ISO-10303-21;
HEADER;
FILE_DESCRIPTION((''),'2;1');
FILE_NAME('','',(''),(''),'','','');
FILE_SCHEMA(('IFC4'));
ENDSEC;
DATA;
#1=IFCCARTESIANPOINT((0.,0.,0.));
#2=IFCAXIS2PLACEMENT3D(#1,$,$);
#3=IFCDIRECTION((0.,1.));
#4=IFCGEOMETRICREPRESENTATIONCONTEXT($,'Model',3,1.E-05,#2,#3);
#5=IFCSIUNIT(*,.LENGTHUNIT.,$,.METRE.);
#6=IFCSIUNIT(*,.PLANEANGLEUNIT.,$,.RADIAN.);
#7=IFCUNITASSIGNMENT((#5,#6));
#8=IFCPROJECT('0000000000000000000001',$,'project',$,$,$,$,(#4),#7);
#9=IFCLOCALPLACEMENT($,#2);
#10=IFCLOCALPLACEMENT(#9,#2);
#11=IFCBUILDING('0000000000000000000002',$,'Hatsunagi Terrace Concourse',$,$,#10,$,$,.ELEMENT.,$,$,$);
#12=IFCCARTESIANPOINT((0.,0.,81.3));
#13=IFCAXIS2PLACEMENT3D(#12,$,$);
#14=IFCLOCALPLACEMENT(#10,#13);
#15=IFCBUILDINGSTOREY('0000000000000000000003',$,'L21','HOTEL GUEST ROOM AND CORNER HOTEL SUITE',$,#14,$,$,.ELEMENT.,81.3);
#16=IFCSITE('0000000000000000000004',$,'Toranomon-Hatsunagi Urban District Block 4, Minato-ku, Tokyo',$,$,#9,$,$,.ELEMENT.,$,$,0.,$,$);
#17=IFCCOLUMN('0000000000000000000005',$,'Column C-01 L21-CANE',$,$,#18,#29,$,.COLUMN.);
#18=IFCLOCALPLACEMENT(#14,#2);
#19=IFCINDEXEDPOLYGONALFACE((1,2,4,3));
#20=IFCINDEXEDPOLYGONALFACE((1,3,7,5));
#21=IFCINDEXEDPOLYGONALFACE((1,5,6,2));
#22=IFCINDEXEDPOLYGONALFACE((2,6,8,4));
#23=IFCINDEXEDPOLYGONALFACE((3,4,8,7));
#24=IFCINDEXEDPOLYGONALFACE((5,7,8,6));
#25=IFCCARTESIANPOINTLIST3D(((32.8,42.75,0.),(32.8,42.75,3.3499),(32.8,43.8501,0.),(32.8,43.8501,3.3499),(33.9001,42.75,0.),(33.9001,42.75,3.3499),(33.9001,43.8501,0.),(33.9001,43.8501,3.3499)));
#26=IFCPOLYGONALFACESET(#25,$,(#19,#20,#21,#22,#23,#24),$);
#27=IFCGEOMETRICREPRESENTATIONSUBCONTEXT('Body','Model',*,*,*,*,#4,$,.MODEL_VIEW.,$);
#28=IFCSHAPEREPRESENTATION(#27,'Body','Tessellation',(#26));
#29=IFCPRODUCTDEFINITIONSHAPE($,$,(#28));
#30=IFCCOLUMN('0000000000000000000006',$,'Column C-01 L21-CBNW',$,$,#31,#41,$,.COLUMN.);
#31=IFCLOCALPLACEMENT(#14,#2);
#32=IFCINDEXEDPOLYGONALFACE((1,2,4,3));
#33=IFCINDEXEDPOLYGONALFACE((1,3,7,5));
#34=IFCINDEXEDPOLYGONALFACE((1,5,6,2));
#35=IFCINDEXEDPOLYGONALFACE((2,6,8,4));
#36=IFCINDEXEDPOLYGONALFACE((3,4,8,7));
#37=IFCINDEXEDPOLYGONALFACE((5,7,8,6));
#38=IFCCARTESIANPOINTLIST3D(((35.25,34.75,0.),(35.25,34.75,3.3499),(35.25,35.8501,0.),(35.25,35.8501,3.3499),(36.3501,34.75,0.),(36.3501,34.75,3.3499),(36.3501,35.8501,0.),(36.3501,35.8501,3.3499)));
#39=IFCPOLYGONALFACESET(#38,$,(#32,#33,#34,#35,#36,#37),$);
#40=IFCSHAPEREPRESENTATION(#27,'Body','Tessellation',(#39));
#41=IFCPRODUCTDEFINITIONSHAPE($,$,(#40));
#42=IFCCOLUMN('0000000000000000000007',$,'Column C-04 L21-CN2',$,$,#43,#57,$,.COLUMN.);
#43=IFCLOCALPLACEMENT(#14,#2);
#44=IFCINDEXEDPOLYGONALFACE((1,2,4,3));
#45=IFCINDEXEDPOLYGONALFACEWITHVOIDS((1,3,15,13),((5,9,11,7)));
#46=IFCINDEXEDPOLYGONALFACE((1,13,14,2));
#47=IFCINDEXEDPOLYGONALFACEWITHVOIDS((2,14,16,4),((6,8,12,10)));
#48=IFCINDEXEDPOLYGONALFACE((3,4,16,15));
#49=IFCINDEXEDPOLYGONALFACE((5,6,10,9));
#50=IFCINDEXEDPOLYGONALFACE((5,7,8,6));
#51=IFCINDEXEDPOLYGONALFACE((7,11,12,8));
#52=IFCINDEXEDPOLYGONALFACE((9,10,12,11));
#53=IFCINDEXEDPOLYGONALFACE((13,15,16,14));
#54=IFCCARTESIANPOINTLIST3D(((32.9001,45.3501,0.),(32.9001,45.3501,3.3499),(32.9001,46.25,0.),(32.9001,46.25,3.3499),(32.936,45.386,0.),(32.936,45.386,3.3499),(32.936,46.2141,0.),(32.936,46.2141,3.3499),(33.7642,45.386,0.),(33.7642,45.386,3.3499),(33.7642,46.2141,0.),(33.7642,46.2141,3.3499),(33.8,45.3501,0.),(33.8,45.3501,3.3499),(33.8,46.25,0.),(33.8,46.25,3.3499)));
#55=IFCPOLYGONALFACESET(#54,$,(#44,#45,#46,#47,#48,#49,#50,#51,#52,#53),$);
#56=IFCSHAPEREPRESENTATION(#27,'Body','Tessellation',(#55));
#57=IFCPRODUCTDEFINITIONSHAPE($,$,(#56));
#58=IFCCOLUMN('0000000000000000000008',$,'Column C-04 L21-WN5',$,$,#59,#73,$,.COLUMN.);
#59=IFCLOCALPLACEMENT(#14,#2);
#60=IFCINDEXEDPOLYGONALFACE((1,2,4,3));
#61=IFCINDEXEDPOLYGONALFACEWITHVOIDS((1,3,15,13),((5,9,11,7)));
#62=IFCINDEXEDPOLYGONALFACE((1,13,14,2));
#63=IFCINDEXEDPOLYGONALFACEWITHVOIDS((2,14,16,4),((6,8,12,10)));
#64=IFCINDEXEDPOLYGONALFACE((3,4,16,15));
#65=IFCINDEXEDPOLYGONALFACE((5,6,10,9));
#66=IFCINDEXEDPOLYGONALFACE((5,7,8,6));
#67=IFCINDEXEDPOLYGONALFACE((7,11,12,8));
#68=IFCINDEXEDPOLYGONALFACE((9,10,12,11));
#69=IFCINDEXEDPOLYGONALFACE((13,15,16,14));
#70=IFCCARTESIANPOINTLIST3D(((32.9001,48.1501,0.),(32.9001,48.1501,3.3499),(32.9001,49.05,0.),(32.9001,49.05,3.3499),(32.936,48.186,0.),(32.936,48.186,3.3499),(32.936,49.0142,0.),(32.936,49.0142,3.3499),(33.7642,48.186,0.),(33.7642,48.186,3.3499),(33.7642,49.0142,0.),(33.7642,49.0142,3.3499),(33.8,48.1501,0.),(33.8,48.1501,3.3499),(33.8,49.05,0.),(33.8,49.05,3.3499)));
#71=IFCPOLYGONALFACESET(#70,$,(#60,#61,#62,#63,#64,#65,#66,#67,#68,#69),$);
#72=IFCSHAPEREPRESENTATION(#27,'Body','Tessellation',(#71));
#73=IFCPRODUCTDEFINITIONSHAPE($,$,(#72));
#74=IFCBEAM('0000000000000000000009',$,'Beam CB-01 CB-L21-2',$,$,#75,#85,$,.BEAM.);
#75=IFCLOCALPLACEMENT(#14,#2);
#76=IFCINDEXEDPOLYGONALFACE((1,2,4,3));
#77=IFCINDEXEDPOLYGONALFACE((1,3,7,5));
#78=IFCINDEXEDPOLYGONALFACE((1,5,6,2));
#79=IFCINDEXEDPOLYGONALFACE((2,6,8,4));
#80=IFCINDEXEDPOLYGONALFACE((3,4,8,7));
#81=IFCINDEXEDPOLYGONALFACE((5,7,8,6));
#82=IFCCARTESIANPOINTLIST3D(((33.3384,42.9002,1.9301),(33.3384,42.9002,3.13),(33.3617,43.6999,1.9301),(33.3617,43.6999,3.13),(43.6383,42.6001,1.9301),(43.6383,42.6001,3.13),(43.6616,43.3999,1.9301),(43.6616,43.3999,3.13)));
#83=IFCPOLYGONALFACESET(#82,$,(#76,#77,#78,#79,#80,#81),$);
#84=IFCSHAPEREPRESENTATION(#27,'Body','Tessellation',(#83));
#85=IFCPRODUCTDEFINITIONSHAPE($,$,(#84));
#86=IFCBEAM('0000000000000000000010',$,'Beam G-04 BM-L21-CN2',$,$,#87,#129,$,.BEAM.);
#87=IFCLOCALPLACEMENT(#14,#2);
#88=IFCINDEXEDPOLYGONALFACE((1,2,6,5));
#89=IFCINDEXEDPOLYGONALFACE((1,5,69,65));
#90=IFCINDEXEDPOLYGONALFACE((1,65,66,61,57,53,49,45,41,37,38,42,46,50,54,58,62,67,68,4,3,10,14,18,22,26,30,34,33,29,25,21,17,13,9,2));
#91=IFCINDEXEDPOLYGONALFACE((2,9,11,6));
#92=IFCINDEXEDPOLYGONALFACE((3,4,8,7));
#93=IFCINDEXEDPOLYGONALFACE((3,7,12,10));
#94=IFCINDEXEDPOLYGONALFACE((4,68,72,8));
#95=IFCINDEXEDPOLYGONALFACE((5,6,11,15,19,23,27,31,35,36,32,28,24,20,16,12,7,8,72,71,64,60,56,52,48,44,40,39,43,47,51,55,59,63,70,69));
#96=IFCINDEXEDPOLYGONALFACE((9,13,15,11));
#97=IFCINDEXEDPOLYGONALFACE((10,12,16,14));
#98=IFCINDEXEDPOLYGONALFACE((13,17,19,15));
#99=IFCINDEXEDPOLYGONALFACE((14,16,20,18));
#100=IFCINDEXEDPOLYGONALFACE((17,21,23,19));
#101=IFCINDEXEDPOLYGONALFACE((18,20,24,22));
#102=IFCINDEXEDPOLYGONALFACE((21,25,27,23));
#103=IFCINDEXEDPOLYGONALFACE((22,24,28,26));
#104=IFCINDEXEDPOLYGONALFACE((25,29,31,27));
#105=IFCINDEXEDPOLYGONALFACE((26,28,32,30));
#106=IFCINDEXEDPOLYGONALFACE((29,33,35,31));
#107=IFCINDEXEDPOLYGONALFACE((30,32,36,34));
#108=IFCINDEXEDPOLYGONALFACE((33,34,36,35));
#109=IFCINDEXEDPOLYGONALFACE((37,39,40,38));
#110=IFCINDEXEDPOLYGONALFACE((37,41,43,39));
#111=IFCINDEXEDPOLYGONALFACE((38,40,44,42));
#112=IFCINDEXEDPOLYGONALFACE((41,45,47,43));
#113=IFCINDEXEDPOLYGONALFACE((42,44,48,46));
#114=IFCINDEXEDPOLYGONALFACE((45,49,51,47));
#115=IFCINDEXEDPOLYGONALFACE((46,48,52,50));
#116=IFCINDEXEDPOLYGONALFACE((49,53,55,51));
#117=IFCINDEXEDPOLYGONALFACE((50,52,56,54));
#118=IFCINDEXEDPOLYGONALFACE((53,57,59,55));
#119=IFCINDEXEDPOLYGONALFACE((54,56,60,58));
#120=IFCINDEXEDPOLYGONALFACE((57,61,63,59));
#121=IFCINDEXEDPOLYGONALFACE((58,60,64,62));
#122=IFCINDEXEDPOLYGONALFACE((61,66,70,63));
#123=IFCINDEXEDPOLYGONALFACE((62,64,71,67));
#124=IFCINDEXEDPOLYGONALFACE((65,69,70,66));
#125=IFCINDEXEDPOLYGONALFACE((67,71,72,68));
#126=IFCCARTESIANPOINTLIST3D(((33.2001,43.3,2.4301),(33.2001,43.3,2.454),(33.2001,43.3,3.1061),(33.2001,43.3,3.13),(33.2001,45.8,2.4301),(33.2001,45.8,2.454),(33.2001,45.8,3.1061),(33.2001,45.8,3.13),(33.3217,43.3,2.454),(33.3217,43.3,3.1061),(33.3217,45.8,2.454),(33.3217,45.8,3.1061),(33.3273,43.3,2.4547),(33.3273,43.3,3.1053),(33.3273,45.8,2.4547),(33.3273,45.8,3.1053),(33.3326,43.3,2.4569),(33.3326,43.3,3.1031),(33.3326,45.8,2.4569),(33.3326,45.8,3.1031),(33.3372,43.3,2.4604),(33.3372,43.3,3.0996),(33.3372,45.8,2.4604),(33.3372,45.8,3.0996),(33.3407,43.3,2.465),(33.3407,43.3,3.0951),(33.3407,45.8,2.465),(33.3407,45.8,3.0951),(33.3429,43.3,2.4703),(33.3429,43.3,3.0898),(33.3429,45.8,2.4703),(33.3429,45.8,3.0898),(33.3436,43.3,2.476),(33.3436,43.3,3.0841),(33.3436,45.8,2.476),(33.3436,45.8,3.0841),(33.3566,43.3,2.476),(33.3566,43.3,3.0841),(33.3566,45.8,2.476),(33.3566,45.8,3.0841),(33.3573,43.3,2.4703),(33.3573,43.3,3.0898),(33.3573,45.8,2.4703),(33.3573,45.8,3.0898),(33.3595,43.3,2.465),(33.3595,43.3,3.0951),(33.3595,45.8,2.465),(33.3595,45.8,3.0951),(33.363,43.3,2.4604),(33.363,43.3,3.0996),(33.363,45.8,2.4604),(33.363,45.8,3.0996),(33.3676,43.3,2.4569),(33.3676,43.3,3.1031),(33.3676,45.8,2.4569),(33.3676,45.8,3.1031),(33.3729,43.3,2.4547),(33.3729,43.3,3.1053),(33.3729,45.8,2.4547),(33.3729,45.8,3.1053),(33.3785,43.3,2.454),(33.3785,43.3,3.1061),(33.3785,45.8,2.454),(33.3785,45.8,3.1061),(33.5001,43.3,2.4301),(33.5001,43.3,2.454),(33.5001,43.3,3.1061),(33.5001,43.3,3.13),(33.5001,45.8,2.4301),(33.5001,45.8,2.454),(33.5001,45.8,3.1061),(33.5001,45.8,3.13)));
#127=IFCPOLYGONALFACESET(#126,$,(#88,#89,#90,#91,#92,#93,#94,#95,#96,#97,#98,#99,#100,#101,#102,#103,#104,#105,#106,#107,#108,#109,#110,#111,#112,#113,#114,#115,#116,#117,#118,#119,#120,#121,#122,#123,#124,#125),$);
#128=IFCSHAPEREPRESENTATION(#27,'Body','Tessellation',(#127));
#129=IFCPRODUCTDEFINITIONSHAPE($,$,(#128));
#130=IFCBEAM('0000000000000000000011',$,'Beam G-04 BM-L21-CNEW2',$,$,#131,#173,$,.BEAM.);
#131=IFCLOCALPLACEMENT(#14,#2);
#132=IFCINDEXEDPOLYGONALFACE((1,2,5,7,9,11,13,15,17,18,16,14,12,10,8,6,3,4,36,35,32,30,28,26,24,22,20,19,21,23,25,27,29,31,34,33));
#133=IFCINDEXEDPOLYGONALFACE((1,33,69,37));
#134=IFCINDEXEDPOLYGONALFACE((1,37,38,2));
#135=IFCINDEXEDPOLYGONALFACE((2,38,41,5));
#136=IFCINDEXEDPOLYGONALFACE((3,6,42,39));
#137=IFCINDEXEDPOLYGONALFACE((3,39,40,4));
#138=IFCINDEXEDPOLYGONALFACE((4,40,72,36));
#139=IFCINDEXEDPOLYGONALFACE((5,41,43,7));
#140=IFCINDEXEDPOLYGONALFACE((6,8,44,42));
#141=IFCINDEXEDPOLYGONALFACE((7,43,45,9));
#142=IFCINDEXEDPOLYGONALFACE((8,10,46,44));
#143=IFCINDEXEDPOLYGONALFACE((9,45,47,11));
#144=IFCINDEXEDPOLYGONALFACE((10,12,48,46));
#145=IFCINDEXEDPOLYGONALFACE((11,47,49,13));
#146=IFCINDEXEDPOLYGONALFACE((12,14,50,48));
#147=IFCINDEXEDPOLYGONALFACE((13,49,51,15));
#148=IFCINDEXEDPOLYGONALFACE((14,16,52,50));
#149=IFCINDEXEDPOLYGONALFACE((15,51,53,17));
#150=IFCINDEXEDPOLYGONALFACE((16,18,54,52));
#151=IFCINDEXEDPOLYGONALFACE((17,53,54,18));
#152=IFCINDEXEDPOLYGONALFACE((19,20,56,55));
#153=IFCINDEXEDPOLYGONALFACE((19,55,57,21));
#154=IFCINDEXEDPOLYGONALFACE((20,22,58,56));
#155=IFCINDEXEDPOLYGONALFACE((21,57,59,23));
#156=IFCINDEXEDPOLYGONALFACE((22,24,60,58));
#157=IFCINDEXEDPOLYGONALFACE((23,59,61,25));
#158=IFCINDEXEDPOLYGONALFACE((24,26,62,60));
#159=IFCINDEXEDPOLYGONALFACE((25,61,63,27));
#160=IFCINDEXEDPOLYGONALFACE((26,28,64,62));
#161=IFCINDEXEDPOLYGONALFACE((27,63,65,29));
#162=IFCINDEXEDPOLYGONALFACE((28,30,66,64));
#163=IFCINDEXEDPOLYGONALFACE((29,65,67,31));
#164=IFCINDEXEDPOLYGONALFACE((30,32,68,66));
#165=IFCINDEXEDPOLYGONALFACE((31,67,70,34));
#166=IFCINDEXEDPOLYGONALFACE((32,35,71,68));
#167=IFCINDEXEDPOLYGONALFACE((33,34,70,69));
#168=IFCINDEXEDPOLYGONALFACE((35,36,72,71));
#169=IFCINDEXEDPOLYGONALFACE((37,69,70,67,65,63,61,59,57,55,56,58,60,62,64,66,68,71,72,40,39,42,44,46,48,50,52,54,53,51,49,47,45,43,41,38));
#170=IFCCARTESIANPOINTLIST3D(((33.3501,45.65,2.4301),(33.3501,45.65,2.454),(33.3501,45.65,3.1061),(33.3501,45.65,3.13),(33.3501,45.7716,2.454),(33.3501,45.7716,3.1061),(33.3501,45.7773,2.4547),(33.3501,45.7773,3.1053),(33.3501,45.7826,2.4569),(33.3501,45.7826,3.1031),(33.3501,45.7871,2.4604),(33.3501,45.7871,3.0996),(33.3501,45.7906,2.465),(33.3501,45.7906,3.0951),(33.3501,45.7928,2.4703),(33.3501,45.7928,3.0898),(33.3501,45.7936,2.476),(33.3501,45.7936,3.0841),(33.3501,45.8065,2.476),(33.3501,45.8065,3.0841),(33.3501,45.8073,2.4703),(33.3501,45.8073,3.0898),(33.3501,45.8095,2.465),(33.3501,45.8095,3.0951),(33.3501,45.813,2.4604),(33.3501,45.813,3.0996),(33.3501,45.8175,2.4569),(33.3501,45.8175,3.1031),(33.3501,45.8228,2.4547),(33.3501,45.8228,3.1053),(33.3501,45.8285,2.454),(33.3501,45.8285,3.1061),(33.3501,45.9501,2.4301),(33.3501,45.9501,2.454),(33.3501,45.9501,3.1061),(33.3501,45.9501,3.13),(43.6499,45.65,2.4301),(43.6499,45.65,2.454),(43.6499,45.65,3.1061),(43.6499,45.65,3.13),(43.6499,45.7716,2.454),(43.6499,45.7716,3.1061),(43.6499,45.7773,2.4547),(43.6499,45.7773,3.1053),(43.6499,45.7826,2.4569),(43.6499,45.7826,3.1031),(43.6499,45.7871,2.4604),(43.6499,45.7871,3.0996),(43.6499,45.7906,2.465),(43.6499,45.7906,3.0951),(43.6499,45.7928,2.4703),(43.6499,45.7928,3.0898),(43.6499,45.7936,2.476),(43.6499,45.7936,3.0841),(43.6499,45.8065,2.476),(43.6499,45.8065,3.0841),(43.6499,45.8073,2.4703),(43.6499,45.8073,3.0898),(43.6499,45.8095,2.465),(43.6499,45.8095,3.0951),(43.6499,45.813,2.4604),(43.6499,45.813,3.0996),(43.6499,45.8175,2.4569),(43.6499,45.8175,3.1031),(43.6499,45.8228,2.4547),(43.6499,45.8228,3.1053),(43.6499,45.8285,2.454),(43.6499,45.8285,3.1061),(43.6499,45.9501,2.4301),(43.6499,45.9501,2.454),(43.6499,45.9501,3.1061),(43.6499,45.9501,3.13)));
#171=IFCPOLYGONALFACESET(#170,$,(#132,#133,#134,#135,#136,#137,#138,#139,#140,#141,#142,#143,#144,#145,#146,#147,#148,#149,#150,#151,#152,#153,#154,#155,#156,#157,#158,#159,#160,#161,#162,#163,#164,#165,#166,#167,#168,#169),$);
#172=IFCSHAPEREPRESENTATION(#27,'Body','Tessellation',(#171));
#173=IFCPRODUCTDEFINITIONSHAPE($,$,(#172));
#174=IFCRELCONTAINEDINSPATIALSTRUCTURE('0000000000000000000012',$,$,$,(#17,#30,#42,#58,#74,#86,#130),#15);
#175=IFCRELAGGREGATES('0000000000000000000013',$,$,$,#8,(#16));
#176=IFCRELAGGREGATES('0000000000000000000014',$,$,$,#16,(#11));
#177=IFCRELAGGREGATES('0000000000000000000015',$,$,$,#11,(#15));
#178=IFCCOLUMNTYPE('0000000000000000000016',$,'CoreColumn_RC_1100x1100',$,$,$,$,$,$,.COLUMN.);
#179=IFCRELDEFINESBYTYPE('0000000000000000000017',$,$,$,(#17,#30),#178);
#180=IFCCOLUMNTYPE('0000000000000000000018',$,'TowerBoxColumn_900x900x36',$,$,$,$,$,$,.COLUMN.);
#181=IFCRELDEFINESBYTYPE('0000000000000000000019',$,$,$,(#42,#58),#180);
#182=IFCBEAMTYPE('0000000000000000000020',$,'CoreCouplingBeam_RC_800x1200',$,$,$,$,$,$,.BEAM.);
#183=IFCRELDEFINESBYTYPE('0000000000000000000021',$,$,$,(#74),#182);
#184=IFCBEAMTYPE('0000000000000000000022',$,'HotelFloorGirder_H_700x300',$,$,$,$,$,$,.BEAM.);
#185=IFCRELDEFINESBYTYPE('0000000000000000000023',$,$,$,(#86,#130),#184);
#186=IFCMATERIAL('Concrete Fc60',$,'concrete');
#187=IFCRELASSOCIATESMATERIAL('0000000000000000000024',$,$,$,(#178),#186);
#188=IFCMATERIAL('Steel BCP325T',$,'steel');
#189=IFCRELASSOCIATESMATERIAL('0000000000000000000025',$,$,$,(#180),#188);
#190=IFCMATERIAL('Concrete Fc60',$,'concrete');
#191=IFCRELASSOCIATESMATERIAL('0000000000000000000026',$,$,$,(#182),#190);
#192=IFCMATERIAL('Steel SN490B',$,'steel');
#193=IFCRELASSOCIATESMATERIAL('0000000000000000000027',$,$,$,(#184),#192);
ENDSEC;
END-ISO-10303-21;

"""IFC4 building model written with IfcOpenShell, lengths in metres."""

from ifc_helpers import new_model, si_unit, direction, frame, origin, origin_2d, place, context, subcontext, project, spatial, rectangle, hollow_rectangle, i_section, extrude, material, material_profile, profile_set, type_object, element, save


model = new_model("IFC4")

# Units and contexts
model_context = context("Model", 3, precision=1e-05, world=origin(), true_north=direction((0.0, 1.0)))
body_context = subcontext(model_context, "Body", "Model", "MODEL_VIEW")
ifc_project = project(units=[si_unit("LENGTHUNIT", "METRE"), si_unit("PLANEANGLEUNIT", "RADIAN")], contexts=[model_context])

# Site, building, storey
site_placement = place(None, origin())
site = spatial("IfcSite", under=ifc_project, at=site_placement, Name="Toranomon-Hatsunagi Urban District Block 4, Minato-ku, Tokyo", CompositionType="ELEMENT", RefElevation=0.0)
building_placement = place(site_placement, origin())
building = spatial("IfcBuilding", under=site, at=building_placement, Name="Hatsunagi Terrace Concourse", CompositionType="ELEMENT")
storey_placement = place(building_placement, frame((0.0, 0.0, 81.3)))
storey = spatial("IfcBuildingStorey", under=building, at=storey_placement, Name="L21", Description="HOTEL GUEST ROOM AND CORNER HOTEL SUITE", CompositionType="ELEMENT", Elevation=81.3)

# Columns
ifc_material_1 = material(Name="Concrete Fc60", Category="concrete")
ifc_material_profile_1 = material_profile(ifc_material_1, rectangle(XDim=1.1001, YDim=1.1001, at=origin_2d()), Name="RC-1100x1100")
ifc_profile_set_1 = profile_set([ifc_material_profile_1], Name="Concrete Fc60")
column_type_1 = type_object("IfcColumnType", Name="CoreColumn_RC_1100x1100", PredefinedType="COLUMN", material=ifc_profile_set_1)
for number, where, z_axis, x_axis, name in (
    (1, (33.3501, 43.3, 0.0), (0.0, 0.0, 1.0), (1.0, 0.0, 0.0), "Column C-01 L21-CANE"),
    (2, (35.8, 35.3, 0.0), (0.0, 0.0, 1.0), (1.0, 0.0, 0.0), "Column C-01 L21-CBNW"),
):
    element("IfcColumn", number, at=place(storey_placement, frame(where, z_axis=z_axis, x_axis=x_axis)), inside=storey, type_object=column_type_1, Name=name, PredefinedType="COLUMN", context=body_context, shape_type="SweptSolid", body=[
        extrude(rectangle(XDim=1.1001, YDim=1.1001, at=origin_2d()), origin(), (0.0, 0.0, 1.0), 3.3499),
    ])
ifc_material_2 = material(Name="Steel BCP325T", Category="steel")
ifc_material_profile_2 = material_profile(ifc_material_2, hollow_rectangle(XDim=0.8999, YDim=0.8999, WallThickness=0.0359, at=origin_2d()), Name="BCP-900x900x36")
ifc_profile_set_2 = profile_set([ifc_material_profile_2], Name="Steel BCP325T")
column_type_2 = type_object("IfcColumnType", Name="TowerBoxColumn_900x900x36", PredefinedType="COLUMN", material=ifc_profile_set_2)
for number, where, z_axis, x_axis, name in (
    (3, (33.3501, 45.8, 0.0), (0.0, 0.0, 1.0), (1.0, 0.0, 0.0), "Column C-04 L21-CN2"),
    (4, (33.3501, 48.6001, 0.0), (0.0, 0.0, 1.0), (1.0, 0.0, 0.0), "Column C-04 L21-WN5"),
):
    element("IfcColumn", number, at=place(storey_placement, frame(where, z_axis=z_axis, x_axis=x_axis)), inside=storey, type_object=column_type_2, Name=name, PredefinedType="COLUMN", context=body_context, shape_type="SweptSolid", body=[
        extrude(hollow_rectangle(XDim=0.8999, YDim=0.8999, WallThickness=0.0359, at=origin_2d()), origin(), (0.0, 0.0, 1.0), 3.3499),
    ])

# Beams
ifc_material_3 = material(Name="Concrete Fc60", Category="concrete")
ifc_material_profile_3 = material_profile(ifc_material_3, rectangle(XDim=0.8, YDim=1.2, at=origin_2d()), Name="RC-800x1200")
ifc_profile_set_3 = profile_set([ifc_material_profile_3], Name="Concrete Fc60")
beam_type_1 = type_object("IfcBeamType", Name="CoreCouplingBeam_RC_800x1200", PredefinedType="BEAM", material=ifc_profile_set_3)
beam_1_placement = place(storey_placement, frame((33.3501, 43.3, 2.53), z_axis=(0.999576, -0.029119, 0.0), x_axis=(0.029119, 0.999576, 0.0)))
element("IfcBeam", 5, at=beam_1_placement, inside=storey, type_object=beam_type_1, Name="Beam CB-01 CB-L21-2", PredefinedType="BEAM", context=body_context, shape_type="SweptSolid", body=[
    extrude(rectangle(XDim=0.8, YDim=1.2, at=origin_2d()), origin(), (0.0, 0.0, 1.0), 10.3042),
])
ifc_material_4 = material(Name="Steel SN490B", Category="steel")
ifc_material_profile_4 = material_profile(ifc_material_4, i_section(OverallWidth=0.3, OverallDepth=0.7, WebThickness=0.0129, FlangeThickness=0.0239, FilletRadius=0.022, at=origin_2d()), Name="H-700x300x13x24")
ifc_profile_set_4 = profile_set([ifc_material_profile_4], Name="Steel SN490B")
beam_type_2 = type_object("IfcBeamType", Name="HotelFloorGirder_H_700x300", PredefinedType="BEAM", material=ifc_profile_set_4)
beam_2_placement = place(storey_placement, frame((33.3501, 43.3, 2.78), z_axis=(0.0, 1.0, 0.0), x_axis=(-1.0, 0.0, 0.0)))
element("IfcBeam", 6, at=beam_2_placement, inside=storey, type_object=beam_type_2, Name="Beam G-04 BM-L21-CN2", PredefinedType="BEAM", context=body_context, shape_type="SweptSolid", body=[
    extrude(i_section(OverallWidth=0.3, OverallDepth=0.7, WebThickness=0.0129, FlangeThickness=0.0239, FilletRadius=0.022, at=origin_2d()), origin(), (0.0, 0.0, 1.0), 2.5),
])
beam_3_placement = place(storey_placement, frame((33.3501, 45.8, 2.78), z_axis=(1.0, 0.0, 0.0), x_axis=(0.0, 1.0, 0.0)))
element("IfcBeam", 7, at=beam_3_placement, inside=storey, type_object=beam_type_2, Name="Beam G-04 BM-L21-CNEW2", PredefinedType="BEAM", context=body_context, shape_type="SweptSolid", body=[
    extrude(i_section(OverallWidth=0.3, OverallDepth=0.7, WebThickness=0.0129, FlangeThickness=0.0239, FilletRadius=0.022, at=origin_2d()), origin(), (0.0, 0.0, 1.0), 10.2998),
])

save(model, "model.ifc")
